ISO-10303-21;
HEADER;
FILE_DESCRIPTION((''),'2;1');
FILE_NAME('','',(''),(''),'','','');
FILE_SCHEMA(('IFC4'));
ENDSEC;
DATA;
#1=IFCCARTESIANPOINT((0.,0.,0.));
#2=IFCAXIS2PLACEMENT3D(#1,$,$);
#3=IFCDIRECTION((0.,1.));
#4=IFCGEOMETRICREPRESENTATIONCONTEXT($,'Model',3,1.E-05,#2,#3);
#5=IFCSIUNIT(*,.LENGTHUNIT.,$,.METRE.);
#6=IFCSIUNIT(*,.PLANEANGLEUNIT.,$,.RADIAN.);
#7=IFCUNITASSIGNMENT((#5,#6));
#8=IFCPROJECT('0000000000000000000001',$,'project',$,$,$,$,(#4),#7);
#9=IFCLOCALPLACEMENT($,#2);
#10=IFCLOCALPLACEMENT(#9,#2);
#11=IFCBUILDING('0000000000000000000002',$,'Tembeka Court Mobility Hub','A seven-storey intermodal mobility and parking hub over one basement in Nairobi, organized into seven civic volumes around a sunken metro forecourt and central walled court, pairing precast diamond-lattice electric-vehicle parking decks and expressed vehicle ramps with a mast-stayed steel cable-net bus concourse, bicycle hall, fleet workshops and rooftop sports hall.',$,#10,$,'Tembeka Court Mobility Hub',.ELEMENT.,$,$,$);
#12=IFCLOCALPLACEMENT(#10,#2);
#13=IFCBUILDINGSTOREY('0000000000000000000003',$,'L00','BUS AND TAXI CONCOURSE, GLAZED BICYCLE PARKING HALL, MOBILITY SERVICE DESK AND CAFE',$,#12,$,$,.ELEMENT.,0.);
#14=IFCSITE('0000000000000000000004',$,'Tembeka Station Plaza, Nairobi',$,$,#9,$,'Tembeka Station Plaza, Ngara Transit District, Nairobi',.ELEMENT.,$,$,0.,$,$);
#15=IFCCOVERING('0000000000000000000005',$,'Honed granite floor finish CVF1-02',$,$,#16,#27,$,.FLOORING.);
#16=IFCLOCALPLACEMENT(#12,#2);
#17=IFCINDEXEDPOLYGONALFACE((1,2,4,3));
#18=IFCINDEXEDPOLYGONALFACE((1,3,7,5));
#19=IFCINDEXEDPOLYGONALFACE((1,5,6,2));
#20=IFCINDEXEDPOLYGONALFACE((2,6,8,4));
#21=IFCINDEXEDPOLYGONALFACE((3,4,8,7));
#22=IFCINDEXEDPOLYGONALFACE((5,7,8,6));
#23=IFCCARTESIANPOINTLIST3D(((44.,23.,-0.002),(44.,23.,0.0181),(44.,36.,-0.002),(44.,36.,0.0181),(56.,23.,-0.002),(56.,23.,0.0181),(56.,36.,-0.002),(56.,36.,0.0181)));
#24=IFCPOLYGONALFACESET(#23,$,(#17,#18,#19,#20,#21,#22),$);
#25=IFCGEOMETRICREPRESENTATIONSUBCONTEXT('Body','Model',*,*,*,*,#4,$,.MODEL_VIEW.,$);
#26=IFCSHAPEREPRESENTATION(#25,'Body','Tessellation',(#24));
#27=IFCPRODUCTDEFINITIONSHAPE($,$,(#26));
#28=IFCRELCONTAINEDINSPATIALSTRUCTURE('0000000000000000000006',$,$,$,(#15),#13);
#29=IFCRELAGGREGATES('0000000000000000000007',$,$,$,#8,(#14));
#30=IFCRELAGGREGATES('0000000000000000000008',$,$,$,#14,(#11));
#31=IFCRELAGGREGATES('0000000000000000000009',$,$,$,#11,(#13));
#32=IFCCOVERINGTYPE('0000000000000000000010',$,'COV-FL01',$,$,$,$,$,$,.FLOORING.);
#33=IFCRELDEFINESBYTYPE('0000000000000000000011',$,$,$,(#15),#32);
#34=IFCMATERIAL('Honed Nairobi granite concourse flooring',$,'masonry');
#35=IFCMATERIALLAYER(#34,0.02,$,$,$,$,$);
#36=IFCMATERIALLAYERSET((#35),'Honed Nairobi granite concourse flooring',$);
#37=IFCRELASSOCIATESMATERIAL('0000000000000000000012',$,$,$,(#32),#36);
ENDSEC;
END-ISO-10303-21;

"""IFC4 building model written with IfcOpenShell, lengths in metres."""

from ifc_helpers import new_model, si_unit, direction, frame, origin, origin_2d, place, context, subcontext, project, spatial, rectangle, extrude, material, layer, layer_set, type_object, element, save


model = new_model("IFC4")

# Units and contexts
model_context = context("Model", 3, precision=1e-05, world=origin(), true_north=direction((0.0, 1.0)))
body_context = subcontext(model_context, "Body", "Model", "MODEL_VIEW")
ifc_project = project(units=[si_unit("LENGTHUNIT", "METRE"), si_unit("PLANEANGLEUNIT", "RADIAN")], contexts=[model_context])

# Site, building, storey
site_placement = place(None, origin())
site = spatial("IfcSite", under=ifc_project, at=site_placement, Name="Tembeka Station Plaza, Nairobi", LongName="Tembeka Station Plaza, Ngara Transit District, Nairobi", CompositionType="ELEMENT", RefElevation=0.0)
building_placement = place(site_placement, origin())
building = spatial("IfcBuilding", under=site, at=building_placement, Name="Tembeka Court Mobility Hub", Description="A seven-storey intermodal mobility and parking hub over one basement in Nairobi, organized into seven civic volumes around a sunken metro forecourt and central walled court, pairing precast diamond-lattice electric-vehicle parking decks and expressed vehicle ramps with a mast-stayed steel cable-net bus concourse, bicycle hall, fleet workshops and rooftop sports hall.", LongName="Tembeka Court Mobility Hub", CompositionType="ELEMENT")
storey_placement = place(building_placement, origin())
storey = spatial("IfcBuildingStorey", under=building, at=storey_placement, Name="L00", Description="BUS AND TAXI CONCOURSE, GLAZED BICYCLE PARKING HALL, MOBILITY SERVICE DESK AND CAFE", CompositionType="ELEMENT", Elevation=0.0)

# Covering
ifc_material_1 = material(Name="Honed Nairobi granite concourse flooring", Category="masonry")
ifc_layer_1 = layer(ifc_material_1, 0.02)
ifc_layer_set_1 = layer_set([ifc_layer_1], Name="Honed Nairobi granite concourse flooring")
covering_type_1 = type_object("IfcCoveringType", Name="COV-FL01", PredefinedType="FLOORING", material=ifc_layer_set_1)
covering_1_placement = place(storey_placement, frame((50.0, 29.5, -0.002), z_axis=(0.0, 0.0, 1.0), x_axis=(1.0, 0.0, 0.0)))
element("IfcCovering", 1, at=covering_1_placement, inside=storey, type_object=covering_type_1, Name="Honed granite floor finish CVF1-02", PredefinedType="FLOORING", context=body_context, shape_type="SweptSolid", body=[
    extrude(rectangle(XDim=12.0, YDim=13.0, at=origin_2d()), origin(), (0.0, 0.0, 1.0), 0.02),
])

save(model, "model.ifc")
